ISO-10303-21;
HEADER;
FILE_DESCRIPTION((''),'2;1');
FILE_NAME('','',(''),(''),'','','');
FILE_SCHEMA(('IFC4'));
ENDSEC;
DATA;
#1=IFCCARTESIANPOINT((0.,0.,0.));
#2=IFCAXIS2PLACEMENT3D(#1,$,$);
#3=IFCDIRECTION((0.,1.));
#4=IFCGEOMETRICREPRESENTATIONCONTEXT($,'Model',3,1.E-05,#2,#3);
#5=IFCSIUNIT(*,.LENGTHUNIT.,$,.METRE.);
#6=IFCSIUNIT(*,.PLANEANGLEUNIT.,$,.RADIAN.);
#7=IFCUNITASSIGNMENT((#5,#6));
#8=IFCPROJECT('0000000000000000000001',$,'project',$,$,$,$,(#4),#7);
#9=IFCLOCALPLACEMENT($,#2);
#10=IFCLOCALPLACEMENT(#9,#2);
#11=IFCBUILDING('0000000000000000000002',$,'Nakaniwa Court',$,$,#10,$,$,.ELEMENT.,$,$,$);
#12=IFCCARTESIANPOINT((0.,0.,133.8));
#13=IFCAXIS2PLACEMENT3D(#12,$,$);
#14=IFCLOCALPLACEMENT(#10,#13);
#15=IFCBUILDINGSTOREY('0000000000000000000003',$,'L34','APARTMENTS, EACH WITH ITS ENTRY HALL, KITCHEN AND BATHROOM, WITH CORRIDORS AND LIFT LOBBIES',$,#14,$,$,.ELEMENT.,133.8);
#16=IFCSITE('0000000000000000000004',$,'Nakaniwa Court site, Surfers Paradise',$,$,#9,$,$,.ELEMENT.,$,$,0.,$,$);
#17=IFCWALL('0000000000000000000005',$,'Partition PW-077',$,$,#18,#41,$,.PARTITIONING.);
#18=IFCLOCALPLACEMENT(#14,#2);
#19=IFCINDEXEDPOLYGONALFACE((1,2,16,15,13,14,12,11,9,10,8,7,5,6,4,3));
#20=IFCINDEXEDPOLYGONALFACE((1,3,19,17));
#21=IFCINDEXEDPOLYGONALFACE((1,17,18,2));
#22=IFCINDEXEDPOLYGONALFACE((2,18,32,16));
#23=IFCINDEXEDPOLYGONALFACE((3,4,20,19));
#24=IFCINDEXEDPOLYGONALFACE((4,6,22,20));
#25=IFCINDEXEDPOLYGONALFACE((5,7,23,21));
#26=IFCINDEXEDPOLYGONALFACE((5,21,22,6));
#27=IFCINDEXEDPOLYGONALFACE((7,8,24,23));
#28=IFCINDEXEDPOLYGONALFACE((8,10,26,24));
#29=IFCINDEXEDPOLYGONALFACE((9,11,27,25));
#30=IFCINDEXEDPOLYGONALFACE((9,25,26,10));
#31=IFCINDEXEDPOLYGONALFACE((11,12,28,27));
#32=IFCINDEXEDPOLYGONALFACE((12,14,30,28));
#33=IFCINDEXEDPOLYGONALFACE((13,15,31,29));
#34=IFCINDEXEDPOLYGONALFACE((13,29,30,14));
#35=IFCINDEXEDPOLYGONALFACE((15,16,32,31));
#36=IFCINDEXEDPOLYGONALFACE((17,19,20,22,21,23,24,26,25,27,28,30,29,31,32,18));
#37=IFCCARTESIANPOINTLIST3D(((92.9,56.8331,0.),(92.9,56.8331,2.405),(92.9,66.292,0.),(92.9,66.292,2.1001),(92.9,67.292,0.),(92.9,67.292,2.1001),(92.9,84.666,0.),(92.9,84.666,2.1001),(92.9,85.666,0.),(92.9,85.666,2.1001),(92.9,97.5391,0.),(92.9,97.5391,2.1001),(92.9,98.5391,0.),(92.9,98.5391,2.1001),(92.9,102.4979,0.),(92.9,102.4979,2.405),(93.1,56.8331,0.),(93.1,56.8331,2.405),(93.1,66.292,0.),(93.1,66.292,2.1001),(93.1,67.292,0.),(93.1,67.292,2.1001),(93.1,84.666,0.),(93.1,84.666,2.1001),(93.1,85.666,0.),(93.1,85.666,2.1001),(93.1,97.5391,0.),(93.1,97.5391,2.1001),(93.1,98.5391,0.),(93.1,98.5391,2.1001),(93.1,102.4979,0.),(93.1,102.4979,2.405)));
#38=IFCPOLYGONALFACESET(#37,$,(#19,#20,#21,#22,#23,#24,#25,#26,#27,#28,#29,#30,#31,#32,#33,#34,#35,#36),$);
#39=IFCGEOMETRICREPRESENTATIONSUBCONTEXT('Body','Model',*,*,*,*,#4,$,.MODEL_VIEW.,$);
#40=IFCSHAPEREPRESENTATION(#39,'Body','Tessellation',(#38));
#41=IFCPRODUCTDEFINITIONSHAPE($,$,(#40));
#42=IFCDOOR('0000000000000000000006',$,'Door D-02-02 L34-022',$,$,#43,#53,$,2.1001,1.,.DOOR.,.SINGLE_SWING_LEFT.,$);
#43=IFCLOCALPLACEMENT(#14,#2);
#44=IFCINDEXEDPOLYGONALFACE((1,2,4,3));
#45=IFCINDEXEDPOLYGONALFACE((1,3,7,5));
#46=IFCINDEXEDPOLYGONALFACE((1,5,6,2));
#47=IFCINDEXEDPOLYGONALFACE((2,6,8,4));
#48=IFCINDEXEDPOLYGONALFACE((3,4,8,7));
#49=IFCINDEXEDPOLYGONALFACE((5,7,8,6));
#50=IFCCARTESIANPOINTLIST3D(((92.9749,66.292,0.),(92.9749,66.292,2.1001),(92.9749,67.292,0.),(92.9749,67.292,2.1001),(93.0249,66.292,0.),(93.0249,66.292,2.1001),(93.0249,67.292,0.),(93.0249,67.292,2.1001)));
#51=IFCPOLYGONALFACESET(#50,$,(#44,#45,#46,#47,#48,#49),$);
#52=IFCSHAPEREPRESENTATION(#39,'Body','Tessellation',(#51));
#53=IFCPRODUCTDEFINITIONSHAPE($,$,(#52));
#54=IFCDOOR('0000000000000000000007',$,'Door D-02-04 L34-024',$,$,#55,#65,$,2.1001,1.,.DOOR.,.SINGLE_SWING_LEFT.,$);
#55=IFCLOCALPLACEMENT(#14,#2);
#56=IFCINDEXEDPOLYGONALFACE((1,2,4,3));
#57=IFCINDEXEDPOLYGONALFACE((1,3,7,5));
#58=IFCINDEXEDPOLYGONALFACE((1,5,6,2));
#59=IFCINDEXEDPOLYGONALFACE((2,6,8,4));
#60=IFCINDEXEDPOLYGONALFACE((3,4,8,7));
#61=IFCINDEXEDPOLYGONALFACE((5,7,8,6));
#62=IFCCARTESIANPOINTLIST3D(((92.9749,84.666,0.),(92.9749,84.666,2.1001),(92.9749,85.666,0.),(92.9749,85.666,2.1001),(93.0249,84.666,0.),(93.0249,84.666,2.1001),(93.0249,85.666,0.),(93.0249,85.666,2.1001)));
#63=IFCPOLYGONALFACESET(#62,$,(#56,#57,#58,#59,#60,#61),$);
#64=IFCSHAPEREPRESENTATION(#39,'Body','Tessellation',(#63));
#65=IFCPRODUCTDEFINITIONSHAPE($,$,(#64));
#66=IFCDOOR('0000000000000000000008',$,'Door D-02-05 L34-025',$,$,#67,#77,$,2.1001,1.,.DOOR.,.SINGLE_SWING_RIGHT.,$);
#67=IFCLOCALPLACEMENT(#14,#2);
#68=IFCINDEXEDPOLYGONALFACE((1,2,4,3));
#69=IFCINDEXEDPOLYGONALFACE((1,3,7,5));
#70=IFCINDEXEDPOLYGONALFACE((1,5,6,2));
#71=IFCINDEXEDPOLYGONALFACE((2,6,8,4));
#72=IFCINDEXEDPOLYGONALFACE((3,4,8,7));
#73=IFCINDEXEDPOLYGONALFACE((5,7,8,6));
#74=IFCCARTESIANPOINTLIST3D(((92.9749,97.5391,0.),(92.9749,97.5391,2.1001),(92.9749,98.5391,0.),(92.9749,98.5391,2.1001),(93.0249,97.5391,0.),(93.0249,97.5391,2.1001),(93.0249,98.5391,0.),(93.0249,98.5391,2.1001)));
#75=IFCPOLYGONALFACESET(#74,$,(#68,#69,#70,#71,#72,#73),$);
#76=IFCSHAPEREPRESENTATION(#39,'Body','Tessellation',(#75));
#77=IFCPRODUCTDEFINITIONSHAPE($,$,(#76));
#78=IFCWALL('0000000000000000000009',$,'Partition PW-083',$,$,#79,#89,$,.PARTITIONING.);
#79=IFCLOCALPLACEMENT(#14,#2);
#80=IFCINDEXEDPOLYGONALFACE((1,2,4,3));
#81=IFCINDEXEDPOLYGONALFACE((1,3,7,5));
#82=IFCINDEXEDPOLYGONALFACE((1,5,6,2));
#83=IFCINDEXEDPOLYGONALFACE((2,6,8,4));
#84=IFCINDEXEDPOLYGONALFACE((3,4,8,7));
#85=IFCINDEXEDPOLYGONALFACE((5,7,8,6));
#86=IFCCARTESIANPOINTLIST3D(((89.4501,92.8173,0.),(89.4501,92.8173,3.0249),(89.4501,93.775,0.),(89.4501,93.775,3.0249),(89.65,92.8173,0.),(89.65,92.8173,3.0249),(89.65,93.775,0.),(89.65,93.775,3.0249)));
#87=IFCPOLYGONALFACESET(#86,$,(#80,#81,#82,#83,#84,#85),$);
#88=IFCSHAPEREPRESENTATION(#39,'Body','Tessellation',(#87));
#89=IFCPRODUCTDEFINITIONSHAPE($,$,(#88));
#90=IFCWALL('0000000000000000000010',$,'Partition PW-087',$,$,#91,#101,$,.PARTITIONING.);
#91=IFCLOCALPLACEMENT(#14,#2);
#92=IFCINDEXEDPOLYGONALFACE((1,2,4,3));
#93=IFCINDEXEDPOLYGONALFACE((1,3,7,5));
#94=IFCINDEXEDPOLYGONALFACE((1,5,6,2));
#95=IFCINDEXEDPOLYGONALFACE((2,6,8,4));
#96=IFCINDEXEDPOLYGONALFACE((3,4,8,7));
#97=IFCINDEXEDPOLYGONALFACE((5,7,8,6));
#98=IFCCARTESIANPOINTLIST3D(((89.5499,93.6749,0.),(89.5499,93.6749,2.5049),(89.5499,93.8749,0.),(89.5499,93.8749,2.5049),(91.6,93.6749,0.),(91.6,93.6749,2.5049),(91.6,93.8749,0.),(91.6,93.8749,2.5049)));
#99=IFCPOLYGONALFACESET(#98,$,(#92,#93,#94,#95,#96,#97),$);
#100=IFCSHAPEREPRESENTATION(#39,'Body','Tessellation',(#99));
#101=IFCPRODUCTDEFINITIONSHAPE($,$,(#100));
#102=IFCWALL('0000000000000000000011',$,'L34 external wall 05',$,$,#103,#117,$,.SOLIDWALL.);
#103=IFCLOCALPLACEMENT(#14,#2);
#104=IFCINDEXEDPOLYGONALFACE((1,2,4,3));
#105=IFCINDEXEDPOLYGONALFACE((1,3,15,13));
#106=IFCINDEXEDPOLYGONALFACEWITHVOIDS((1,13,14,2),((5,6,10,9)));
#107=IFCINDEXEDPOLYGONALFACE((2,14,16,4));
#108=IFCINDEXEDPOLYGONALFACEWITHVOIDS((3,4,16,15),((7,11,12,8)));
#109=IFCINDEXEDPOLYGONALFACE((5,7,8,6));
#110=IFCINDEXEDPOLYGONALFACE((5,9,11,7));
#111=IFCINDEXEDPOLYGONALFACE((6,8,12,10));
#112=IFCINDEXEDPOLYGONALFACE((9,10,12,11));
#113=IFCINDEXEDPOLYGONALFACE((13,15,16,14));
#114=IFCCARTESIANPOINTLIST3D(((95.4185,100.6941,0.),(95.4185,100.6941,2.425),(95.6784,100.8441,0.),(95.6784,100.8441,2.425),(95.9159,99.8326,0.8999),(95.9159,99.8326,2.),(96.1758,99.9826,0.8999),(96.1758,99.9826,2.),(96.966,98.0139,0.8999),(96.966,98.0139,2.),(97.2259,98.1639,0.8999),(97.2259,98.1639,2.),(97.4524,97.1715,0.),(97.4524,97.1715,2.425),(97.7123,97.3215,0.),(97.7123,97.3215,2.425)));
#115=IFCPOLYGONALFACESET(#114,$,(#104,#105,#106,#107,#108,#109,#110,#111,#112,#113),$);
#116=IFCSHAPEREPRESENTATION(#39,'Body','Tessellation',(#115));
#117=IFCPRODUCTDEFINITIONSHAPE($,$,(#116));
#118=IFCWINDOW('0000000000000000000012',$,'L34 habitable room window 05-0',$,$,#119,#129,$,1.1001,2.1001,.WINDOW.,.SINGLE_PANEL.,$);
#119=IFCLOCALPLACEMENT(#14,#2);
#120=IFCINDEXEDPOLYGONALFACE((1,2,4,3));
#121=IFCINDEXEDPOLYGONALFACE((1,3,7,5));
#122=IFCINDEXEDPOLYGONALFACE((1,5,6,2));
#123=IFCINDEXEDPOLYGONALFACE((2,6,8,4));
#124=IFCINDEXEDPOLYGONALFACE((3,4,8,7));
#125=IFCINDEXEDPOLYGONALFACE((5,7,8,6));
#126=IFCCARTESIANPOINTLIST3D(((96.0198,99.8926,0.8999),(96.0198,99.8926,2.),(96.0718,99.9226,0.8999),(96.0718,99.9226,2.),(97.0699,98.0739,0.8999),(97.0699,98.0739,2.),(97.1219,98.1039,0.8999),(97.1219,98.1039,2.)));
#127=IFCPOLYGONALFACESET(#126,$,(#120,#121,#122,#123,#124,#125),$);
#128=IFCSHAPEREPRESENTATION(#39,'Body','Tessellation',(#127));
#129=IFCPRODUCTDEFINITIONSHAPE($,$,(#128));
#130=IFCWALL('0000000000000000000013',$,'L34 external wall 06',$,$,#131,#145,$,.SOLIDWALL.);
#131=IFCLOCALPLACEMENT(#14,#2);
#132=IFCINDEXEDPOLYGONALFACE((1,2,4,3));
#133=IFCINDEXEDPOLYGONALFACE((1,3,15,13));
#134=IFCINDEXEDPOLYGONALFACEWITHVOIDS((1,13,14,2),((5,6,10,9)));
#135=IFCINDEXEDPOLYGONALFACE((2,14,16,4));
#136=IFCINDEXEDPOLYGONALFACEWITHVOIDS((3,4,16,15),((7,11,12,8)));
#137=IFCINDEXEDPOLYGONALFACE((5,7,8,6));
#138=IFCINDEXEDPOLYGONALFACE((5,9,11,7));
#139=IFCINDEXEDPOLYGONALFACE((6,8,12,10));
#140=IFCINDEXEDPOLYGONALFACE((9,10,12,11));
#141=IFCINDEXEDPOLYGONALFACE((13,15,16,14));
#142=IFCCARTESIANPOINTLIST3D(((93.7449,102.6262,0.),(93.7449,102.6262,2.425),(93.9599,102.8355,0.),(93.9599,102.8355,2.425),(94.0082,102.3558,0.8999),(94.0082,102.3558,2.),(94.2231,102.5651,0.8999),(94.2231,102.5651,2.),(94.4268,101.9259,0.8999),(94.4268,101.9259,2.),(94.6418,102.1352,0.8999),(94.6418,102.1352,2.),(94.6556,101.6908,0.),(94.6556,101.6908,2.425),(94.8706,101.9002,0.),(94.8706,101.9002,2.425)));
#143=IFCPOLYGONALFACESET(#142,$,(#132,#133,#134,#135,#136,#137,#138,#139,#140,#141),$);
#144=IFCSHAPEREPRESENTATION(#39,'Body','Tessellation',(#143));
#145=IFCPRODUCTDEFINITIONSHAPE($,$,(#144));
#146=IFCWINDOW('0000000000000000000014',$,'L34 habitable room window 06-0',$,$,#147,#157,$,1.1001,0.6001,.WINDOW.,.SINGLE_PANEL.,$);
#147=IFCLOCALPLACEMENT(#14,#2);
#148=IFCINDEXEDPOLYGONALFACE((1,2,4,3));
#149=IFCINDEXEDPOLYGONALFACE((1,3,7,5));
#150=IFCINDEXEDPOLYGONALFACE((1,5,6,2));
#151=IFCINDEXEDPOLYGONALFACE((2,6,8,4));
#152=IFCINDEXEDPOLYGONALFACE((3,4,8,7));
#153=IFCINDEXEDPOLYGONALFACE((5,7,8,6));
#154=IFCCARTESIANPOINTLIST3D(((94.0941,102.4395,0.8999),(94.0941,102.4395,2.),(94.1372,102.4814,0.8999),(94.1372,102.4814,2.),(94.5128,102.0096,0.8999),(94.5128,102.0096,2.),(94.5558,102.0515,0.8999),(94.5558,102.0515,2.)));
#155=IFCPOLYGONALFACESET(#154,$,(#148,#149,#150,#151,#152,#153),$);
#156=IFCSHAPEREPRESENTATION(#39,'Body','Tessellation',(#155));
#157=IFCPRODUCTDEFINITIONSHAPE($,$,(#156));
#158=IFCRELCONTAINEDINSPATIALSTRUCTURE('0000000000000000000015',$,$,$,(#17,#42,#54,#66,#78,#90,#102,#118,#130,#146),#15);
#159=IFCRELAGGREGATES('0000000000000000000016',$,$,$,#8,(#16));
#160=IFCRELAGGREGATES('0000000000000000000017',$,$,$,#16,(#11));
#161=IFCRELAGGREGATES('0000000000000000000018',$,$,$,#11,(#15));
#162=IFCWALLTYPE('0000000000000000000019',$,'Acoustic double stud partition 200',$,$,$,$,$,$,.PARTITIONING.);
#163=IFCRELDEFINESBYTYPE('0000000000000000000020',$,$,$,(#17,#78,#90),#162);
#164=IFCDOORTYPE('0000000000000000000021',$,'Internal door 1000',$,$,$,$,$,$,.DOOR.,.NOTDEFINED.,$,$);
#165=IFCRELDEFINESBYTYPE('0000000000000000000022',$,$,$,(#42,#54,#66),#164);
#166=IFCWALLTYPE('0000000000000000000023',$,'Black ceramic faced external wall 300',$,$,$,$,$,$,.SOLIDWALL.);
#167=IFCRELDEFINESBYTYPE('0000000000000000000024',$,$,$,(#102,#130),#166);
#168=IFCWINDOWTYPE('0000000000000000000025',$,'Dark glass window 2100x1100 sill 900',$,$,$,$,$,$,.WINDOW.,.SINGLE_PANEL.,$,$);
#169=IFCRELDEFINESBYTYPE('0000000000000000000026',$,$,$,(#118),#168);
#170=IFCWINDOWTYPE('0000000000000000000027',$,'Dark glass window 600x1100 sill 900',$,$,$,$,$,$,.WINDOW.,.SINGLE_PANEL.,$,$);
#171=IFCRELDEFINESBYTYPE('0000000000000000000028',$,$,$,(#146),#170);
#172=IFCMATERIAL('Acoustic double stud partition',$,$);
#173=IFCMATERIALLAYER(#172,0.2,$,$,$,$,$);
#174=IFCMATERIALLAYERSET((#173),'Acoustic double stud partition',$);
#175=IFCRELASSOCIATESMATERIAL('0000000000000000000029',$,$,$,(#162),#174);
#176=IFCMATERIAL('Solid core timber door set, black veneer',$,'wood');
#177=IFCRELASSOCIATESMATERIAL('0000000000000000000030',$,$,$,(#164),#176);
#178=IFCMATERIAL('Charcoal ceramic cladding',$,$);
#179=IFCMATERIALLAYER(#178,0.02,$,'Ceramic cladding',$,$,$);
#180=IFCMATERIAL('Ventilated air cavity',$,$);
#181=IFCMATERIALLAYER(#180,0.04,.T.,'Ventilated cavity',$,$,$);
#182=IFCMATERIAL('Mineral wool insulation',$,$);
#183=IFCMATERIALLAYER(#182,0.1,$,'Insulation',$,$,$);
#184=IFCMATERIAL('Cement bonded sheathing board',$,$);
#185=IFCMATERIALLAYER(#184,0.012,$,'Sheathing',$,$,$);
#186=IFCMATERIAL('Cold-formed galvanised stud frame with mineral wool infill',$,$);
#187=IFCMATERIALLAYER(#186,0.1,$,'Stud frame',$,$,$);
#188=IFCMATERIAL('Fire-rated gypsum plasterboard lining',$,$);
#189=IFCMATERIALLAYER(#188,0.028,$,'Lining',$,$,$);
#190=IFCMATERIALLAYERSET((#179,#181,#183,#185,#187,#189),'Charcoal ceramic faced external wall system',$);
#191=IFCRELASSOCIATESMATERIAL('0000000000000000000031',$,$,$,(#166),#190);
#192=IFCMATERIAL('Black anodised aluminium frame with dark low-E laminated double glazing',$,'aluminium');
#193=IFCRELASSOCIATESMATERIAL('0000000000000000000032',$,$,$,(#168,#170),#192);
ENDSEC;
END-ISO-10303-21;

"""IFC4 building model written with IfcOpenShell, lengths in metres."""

from ifc_helpers import new_model, si_unit, direction, frame, frame_2d, origin, place, context, subcontext, project, spatial, rectangle, extrude, material, layer, layer_set, type_object, element, fill, save


model = new_model("IFC4")

# Units and contexts
model_context = context("Model", 3, precision=1e-05, world=origin(), true_north=direction((0.0, 1.0)))
body_context = subcontext(model_context, "Body", "Model", "MODEL_VIEW")
ifc_project = project(units=[si_unit("LENGTHUNIT", "METRE"), si_unit("PLANEANGLEUNIT", "RADIAN")], contexts=[model_context])

# Site, building, storey
site_placement = place(None, origin())
site = spatial("IfcSite", under=ifc_project, at=site_placement, Name="Nakaniwa Court site, Surfers Paradise", CompositionType="ELEMENT", RefElevation=0.0)
building_placement = place(site_placement, origin())
building = spatial("IfcBuilding", under=site, at=building_placement, Name="Nakaniwa Court", CompositionType="ELEMENT")
storey_placement = place(building_placement, frame((0.0, 0.0, 133.8)))
storey = spatial("IfcBuildingStorey", under=building, at=storey_placement, Name="L34", Description="APARTMENTS, EACH WITH ITS ENTRY HALL, KITCHEN AND BATHROOM, WITH CORRIDORS AND LIFT LOBBIES", CompositionType="ELEMENT", Elevation=133.8)

# Shared definitions
ifc_material_1 = material(Name="Acoustic double stud partition")
ifc_layer_1 = layer(ifc_material_1, 0.2)
ifc_layer_set_1 = layer_set([ifc_layer_1], Name="Acoustic double stud partition")
wall_type_1 = type_object("IfcWallType", Name="Acoustic double stud partition 200", PredefinedType="PARTITIONING", material=ifc_layer_set_1)
ifc_material_2 = material(Name="Solid core timber door set, black veneer", Category="wood")
door_type = type_object("IfcDoorType", Name="Internal door 1000", OperationType="NOTDEFINED", PredefinedType="DOOR", material=ifc_material_2)

# Wall, openings, doors
wall_1_placement = place(storey_placement, frame((93.0, 102.498, 0.0), z_axis=(0.0, 0.0, 1.0), x_axis=(0.0, -1.0, 0.0)))
wall_1 = element("IfcWall", 1, at=wall_1_placement, inside=storey, type_object=wall_type_1, Name="Partition PW-077", PredefinedType="PARTITIONING", context=body_context, shape_type="SweptSolid", body=[
    extrude(rectangle(XDim=45.6648, YDim=0.2, at=frame_2d((22.8325, 0.0))), origin(), (0.0, 0.0, 1.0), 2.405),
])
opening_1_placement = place(wall_1_placement, frame((35.2061, 0.0, 0.0)))
opening_1 = element("IfcOpeningElement", 2, at=opening_1_placement, cuts=wall_1, PredefinedType="OPENING", context=body_context, shape_type="SweptSolid", body=[
    extrude(rectangle(XDim=1.0, YDim=2.1001, at=frame_2d((0.5, 1.05))), frame((0.0, 0.1099, 0.0), z_axis=(0.0, -1.0, 0.0), x_axis=(1.0, 0.0, 0.0)), (0.0, 0.0, 1.0), 0.22),
])
opening_2_placement = place(wall_1_placement, frame((16.832, 0.0, 0.0)))
opening_2 = element("IfcOpeningElement", 3, at=opening_2_placement, cuts=wall_1, PredefinedType="OPENING", context=body_context, shape_type="SweptSolid", body=[
    extrude(rectangle(XDim=1.0, YDim=2.1001, at=frame_2d((0.5, 1.05))), frame((0.0, 0.1099, 0.0), z_axis=(0.0, -1.0, 0.0), x_axis=(1.0, 0.0, 0.0)), (0.0, 0.0, 1.0), 0.22),
])
opening_3_placement = place(wall_1_placement, frame((3.959, 0.0, 0.0)))
opening_3 = element("IfcOpeningElement", 4, at=opening_3_placement, cuts=wall_1, PredefinedType="OPENING", context=body_context, shape_type="SweptSolid", body=[
    extrude(rectangle(XDim=1.0, YDim=2.1001, at=frame_2d((0.5, 1.05))), frame((0.0, 0.1099, 0.0), z_axis=(0.0, -1.0, 0.0), x_axis=(1.0, 0.0, 0.0)), (0.0, 0.0, 1.0), 0.22),
])
door_1_placement = place(opening_1_placement, origin())
door_1 = element("IfcDoor", 5, at=door_1_placement, inside=storey, type_object=door_type, Name="Door D-02-02 L34-022", OperationType="SINGLE_SWING_LEFT", OverallHeight=2.1001, OverallWidth=1.0, PredefinedType="DOOR", context=body_context, shape_type="SweptSolid", body=[
    extrude(rectangle(XDim=1.0, YDim=2.1001, at=frame_2d((0.5, 1.05))), frame((0.0, 0.0249, 0.0), z_axis=(0.0, -1.0, 0.0), x_axis=(1.0, 0.0, 0.0)), (0.0, 0.0, 1.0), 0.05),
])
fill(opening_1, door_1)
door_2_placement = place(opening_2_placement, origin())
door_2 = element("IfcDoor", 6, at=door_2_placement, inside=storey, type_object=door_type, Name="Door D-02-04 L34-024", OperationType="SINGLE_SWING_LEFT", OverallHeight=2.1001, OverallWidth=1.0, PredefinedType="DOOR", context=body_context, shape_type="SweptSolid", body=[
    extrude(rectangle(XDim=1.0, YDim=2.1001, at=frame_2d((0.5, 1.05))), frame((0.0, 0.0249, 0.0), z_axis=(0.0, -1.0, 0.0), x_axis=(1.0, 0.0, 0.0)), (0.0, 0.0, 1.0), 0.05),
])
fill(opening_2, door_2)
door_3_placement = place(opening_3_placement, origin())
door_3 = element("IfcDoor", 7, at=door_3_placement, inside=storey, type_object=door_type, Name="Door D-02-05 L34-025", OperationType="SINGLE_SWING_RIGHT", OverallHeight=2.1001, OverallWidth=1.0, PredefinedType="DOOR", context=body_context, shape_type="SweptSolid", body=[
    extrude(rectangle(XDim=1.0, YDim=2.1001, at=frame_2d((0.5, 1.05))), frame((0.0, 0.0249, 0.0), z_axis=(0.0, -1.0, 0.0), x_axis=(1.0, 0.0, 0.0)), (0.0, 0.0, 1.0), 0.05),
])
fill(opening_3, door_3)

# Walls
wall_2_placement = place(storey_placement, frame((89.55, 92.8171, 0.0), z_axis=(0.0, 0.0, 1.0), x_axis=(0.0, 1.0, 0.0)))
element("IfcWall", 8, at=wall_2_placement, inside=storey, type_object=wall_type_1, Name="Partition PW-083", PredefinedType="PARTITIONING", context=body_context, shape_type="SweptSolid", body=[
    extrude(rectangle(XDim=0.9578, YDim=0.2, at=frame_2d((0.479, 0.0))), origin(), (0.0, 0.0, 1.0), 3.0249),
])
wall_3_placement = place(storey_placement, frame((89.55, 93.7749, 0.0), z_axis=(0.0, 0.0, 1.0), x_axis=(1.0, 0.0, 0.0)))
element("IfcWall", 9, at=wall_3_placement, inside=storey, type_object=wall_type_1, Name="Partition PW-087", PredefinedType="PARTITIONING", context=body_context, shape_type="SweptSolid", body=[
    extrude(rectangle(XDim=2.05, YDim=0.2, at=frame_2d((1.0249, 0.0))), origin(), (0.0, 0.0, 1.0), 2.5049),
])

# Walls, openings, windows
ifc_material_3 = material(Name="Charcoal ceramic cladding")
ifc_layer_2 = layer(ifc_material_3, 0.02, Name="Ceramic cladding")
ifc_material_4 = material(Name="Ventilated air cavity")
ifc_layer_3 = layer(ifc_material_4, 0.04, ventilated=True, Name="Ventilated cavity")
ifc_material_5 = material(Name="Mineral wool insulation")
ifc_layer_4 = layer(ifc_material_5, 0.1, Name="Insulation")
ifc_material_6 = material(Name="Cement bonded sheathing board")
ifc_layer_5 = layer(ifc_material_6, 0.012, Name="Sheathing")
ifc_material_7 = material(Name="Cold-formed galvanised stud frame with mineral wool infill")
ifc_layer_6 = layer(ifc_material_7, 0.1, Name="Stud frame")
ifc_material_8 = material(Name="Fire-rated gypsum plasterboard lining")
ifc_layer_7 = layer(ifc_material_8, 0.028, Name="Lining")
ifc_layer_set_2 = layer_set([ifc_layer_2, ifc_layer_3, ifc_layer_4, ifc_layer_5, ifc_layer_6, ifc_layer_7], Name="Charcoal ceramic faced external wall system")
wall_type_2 = type_object("IfcWallType", Name="Black ceramic faced external wall 300", PredefinedType="SOLIDWALL", material=ifc_layer_set_2)
wall_4_placement = place(storey_placement, frame((97.5823, 97.2466, 0.0), z_axis=(0.0, 0.0, 1.0), x_axis=(-0.500019, 0.866015, 0.0)))
wall_4 = element("IfcWall", 10, at=wall_4_placement, inside=storey, type_object=wall_type_2, Name="L34 external wall 05", PredefinedType="SOLIDWALL", context=body_context, shape_type="SweptSolid", body=[
    extrude(rectangle(XDim=4.0676, YDim=0.3, at=frame_2d((2.0337, 0.0))), origin(), (0.0, 0.0, 1.0), 2.425),
])
opening_4_placement = place(wall_4_placement, frame((0.9727, 0.0, 0.8999)))
opening_4 = element("IfcOpeningElement", 11, at=opening_4_placement, cuts=wall_4, PredefinedType="OPENING", context=body_context, shape_type="SweptSolid", body=[
    extrude(rectangle(XDim=2.1001, YDim=1.1001, at=frame_2d((1.05, 0.55))), frame((0.0, 0.1599, 0.0), z_axis=(0.0, -1.0, 0.0), x_axis=(1.0, 0.0, 0.0)), (0.0, 0.0, 1.0), 0.3201),
])
ifc_material_9 = material(Name="Black anodised aluminium frame with dark low-E laminated double glazing", Category="aluminium")
window_type_1 = type_object("IfcWindowType", Name="Dark glass window 2100x1100 sill 900", PartitioningType="SINGLE_PANEL", PredefinedType="WINDOW", material=ifc_material_9)
window_1_placement = place(opening_4_placement, origin())
window_1 = element("IfcWindow", 12, at=window_1_placement, inside=storey, type_object=window_type_1, Name="L34 habitable room window 05-0", OverallHeight=1.1001, OverallWidth=2.1001, PartitioningType="SINGLE_PANEL", PredefinedType="WINDOW", context=body_context, shape_type="SweptSolid", body=[
    extrude(rectangle(XDim=2.1001, YDim=1.1001, at=frame_2d((1.05, 0.55))), frame((0.0, 0.03, 0.0), z_axis=(0.0, -1.0, 0.0), x_axis=(1.0, 0.0, 0.0)), (0.0, 0.0, 1.0), 0.0601),
])
fill(opening_4, window_1)
wall_5_placement = place(storey_placement, frame((94.7632, 101.7954, 0.0), z_axis=(0.0, 0.0, 1.0), x_axis=(-0.697599, 0.716488, 0.0)))
wall_5 = element("IfcWall", 13, at=wall_5_placement, inside=storey, type_object=wall_type_2, Name="L34 external wall 06", PredefinedType="SOLIDWALL", context=body_context, shape_type="SweptSolid", body=[
    extrude(rectangle(XDim=1.3054, YDim=0.3, at=frame_2d((0.6528, 0.0))), origin(), (0.0, 0.0, 1.0), 2.425),
])
opening_5_placement = place(wall_5_placement, frame((0.3281, 0.0, 0.8999)))
opening_5 = element("IfcOpeningElement", 14, at=opening_5_placement, cuts=wall_5, PredefinedType="OPENING", context=body_context, shape_type="SweptSolid", body=[
    extrude(rectangle(XDim=0.6001, YDim=1.1001, at=frame_2d((0.3, 0.55))), frame((0.0, 0.1599, 0.0), z_axis=(0.0, -1.0, 0.0), x_axis=(1.0, 0.0, 0.0)), (0.0, 0.0, 1.0), 0.3201),
])
window_type_2 = type_object("IfcWindowType", Name="Dark glass window 600x1100 sill 900", PartitioningType="SINGLE_PANEL", PredefinedType="WINDOW", material=ifc_material_9)
window_2_placement = place(opening_5_placement, origin())
window_2 = element("IfcWindow", 15, at=window_2_placement, inside=storey, type_object=window_type_2, Name="L34 habitable room window 06-0", OverallHeight=1.1001, OverallWidth=0.6001, PartitioningType="SINGLE_PANEL", PredefinedType="WINDOW", context=body_context, shape_type="SweptSolid", body=[
    extrude(rectangle(XDim=0.6001, YDim=1.1001, at=frame_2d((0.3, 0.55))), frame((0.0, 0.03, 0.0), z_axis=(0.0, -1.0, 0.0), x_axis=(1.0, 0.0, 0.0)), (0.0, 0.0, 1.0), 0.0601),
])
fill(opening_5, window_2)

save(model, "model.ifc")
